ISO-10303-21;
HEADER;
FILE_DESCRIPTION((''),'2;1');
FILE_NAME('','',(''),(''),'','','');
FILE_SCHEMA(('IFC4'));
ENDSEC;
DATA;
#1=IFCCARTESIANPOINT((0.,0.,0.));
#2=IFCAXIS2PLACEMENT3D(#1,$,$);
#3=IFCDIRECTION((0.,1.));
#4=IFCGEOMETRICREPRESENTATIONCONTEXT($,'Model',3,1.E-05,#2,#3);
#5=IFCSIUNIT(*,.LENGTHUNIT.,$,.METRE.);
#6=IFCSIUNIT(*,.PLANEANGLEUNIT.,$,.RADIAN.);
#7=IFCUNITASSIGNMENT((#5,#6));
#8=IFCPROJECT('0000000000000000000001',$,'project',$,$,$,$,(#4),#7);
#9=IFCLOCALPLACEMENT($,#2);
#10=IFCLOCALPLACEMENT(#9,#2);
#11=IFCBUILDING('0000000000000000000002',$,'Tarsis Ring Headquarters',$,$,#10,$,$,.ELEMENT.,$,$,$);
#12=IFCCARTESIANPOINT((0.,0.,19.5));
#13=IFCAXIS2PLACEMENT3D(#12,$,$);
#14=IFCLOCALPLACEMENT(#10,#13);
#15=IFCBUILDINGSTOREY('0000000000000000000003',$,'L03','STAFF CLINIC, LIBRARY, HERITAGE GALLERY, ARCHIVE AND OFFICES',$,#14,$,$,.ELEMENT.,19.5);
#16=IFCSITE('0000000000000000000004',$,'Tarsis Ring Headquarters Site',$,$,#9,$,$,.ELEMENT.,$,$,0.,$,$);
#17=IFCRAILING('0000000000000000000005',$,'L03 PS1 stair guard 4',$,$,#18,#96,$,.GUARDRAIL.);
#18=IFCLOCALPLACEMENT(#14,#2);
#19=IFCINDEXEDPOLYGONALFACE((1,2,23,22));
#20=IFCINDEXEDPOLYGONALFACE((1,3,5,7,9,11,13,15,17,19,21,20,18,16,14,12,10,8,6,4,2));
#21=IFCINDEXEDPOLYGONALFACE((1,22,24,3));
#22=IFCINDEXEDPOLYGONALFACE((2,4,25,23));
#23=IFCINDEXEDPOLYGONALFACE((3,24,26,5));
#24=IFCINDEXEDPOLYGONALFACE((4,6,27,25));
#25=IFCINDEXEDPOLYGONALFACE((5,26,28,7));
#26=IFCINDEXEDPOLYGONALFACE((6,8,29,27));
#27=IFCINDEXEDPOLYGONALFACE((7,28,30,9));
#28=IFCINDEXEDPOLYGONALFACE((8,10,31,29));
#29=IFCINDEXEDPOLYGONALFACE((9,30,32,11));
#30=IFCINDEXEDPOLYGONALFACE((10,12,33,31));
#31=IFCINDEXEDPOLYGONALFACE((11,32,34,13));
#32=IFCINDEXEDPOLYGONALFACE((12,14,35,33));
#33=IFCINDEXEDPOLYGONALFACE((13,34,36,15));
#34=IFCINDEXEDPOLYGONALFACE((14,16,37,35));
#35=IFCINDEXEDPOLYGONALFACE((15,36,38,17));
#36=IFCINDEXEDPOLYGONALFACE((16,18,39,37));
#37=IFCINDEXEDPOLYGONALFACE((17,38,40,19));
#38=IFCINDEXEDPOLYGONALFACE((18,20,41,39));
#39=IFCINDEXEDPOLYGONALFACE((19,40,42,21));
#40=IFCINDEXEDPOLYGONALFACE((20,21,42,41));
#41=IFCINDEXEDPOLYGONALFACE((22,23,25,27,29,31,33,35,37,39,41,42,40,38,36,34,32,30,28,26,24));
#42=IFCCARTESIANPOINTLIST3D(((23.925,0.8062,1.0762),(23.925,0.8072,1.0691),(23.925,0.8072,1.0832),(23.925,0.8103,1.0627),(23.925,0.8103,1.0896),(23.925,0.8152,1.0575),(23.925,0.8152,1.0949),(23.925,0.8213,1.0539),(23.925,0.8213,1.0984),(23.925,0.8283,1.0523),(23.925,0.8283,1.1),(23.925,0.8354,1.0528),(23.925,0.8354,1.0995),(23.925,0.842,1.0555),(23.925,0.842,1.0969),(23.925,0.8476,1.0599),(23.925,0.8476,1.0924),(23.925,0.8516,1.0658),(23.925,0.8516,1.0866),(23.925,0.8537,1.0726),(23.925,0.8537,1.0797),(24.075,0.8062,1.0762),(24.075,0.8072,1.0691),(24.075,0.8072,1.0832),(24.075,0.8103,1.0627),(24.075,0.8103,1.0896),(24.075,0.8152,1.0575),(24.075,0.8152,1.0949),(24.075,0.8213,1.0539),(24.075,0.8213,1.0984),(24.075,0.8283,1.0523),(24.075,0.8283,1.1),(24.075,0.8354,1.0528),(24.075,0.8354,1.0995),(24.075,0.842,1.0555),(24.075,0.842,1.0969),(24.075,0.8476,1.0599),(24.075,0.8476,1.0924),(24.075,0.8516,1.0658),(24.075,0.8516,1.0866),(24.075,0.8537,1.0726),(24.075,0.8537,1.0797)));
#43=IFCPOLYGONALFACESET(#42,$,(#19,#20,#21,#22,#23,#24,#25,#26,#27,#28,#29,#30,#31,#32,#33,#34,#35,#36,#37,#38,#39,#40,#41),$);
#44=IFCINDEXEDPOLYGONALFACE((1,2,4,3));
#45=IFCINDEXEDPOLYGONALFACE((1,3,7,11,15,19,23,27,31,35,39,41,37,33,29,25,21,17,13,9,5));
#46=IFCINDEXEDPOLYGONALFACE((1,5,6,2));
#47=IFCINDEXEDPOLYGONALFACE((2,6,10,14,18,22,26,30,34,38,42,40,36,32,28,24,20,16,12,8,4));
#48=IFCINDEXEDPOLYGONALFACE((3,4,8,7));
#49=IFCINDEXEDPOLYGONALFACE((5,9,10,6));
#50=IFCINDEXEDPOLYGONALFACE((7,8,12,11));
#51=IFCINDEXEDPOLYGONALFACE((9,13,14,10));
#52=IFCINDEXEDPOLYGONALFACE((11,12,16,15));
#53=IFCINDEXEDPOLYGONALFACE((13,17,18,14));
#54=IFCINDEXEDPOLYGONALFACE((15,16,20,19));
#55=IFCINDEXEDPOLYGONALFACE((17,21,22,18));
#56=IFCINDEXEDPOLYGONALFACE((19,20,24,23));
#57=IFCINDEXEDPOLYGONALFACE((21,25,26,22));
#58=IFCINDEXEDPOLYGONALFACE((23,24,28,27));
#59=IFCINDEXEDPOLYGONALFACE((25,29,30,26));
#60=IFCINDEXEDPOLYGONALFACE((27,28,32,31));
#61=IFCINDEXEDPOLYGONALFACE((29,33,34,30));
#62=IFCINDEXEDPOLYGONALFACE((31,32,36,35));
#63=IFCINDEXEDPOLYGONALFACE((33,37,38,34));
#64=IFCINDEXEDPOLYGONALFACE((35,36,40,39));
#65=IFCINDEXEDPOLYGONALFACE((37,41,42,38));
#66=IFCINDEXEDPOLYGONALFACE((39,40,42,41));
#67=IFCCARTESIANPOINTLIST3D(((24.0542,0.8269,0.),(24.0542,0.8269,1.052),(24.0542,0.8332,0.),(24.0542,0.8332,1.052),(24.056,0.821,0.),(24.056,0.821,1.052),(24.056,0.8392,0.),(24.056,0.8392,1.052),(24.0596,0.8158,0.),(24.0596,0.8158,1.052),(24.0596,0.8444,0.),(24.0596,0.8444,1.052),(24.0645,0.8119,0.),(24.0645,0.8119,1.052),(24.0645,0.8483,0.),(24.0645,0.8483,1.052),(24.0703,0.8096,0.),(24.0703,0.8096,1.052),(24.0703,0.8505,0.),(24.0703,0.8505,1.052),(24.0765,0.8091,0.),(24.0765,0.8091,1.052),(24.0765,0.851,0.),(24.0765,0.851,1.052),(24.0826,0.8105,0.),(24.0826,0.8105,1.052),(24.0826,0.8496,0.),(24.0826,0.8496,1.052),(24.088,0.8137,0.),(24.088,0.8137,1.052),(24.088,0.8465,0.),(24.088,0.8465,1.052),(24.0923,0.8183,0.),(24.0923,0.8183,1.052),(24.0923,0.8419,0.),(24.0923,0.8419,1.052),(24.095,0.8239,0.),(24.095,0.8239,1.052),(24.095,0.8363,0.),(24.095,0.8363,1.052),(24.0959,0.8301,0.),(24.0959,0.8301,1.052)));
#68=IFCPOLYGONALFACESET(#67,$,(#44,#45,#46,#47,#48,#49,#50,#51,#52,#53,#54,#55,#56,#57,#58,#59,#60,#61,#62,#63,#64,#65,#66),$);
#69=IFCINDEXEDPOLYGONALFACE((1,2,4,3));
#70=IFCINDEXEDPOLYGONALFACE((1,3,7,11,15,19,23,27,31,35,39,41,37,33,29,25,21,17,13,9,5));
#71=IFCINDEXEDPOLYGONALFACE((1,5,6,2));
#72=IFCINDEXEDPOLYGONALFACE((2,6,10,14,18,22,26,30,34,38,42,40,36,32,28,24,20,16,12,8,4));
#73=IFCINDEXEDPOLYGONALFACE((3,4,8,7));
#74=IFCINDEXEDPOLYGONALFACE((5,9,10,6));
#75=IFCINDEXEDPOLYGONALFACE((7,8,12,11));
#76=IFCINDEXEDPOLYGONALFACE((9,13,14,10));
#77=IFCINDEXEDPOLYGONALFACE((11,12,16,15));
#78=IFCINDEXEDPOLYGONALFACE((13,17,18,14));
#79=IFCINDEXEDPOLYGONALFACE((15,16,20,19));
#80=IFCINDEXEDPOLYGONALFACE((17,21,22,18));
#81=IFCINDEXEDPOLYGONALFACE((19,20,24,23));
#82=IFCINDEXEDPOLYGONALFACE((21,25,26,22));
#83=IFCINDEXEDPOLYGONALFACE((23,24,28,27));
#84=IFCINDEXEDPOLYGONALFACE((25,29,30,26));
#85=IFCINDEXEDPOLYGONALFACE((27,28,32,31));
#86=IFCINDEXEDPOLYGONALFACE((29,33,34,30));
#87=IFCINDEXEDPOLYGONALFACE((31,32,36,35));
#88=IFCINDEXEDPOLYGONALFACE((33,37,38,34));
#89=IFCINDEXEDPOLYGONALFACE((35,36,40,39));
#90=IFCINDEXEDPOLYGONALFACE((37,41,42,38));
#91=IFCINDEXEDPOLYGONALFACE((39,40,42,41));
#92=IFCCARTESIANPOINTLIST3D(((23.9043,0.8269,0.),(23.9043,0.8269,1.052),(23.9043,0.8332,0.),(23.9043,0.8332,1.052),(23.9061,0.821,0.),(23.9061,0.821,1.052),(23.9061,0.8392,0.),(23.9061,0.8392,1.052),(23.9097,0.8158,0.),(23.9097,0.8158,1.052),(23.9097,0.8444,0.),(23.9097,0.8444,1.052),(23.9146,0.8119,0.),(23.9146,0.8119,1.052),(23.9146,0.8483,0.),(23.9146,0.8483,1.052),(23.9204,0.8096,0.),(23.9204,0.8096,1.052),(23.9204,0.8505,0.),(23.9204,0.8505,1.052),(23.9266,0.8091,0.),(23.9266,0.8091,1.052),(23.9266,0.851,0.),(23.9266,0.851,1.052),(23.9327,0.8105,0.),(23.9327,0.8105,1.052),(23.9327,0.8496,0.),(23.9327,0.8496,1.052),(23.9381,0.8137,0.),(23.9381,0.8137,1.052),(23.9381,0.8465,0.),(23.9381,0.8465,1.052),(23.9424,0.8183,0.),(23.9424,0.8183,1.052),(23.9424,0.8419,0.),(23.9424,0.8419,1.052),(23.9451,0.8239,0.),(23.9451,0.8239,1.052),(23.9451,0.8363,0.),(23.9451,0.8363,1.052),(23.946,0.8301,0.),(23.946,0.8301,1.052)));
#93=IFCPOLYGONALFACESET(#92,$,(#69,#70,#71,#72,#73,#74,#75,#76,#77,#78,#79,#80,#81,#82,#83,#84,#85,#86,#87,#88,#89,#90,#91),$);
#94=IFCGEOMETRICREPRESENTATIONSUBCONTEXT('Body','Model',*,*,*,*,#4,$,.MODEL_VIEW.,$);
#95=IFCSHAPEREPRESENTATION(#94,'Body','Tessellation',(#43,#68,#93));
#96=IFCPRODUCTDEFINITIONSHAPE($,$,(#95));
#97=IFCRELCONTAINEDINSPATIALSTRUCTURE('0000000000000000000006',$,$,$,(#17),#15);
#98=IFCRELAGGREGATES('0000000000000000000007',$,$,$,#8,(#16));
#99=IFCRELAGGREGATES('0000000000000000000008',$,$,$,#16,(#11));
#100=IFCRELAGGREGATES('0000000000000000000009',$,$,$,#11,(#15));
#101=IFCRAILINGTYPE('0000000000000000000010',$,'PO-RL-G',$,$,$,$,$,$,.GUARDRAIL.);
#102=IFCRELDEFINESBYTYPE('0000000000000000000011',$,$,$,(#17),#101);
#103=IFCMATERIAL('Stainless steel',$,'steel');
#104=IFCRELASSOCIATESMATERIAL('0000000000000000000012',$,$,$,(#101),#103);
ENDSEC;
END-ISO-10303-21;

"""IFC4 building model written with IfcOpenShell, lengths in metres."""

from ifc_helpers import new_model, si_unit, direction, frame, origin, origin_2d, place, context, subcontext, project, spatial, circle, extrude, material, type_object, element, save


model = new_model("IFC4")

# Units and contexts
model_context = context("Model", 3, precision=1e-05, world=origin(), true_north=direction((0.0, 1.0)))
body_context = subcontext(model_context, "Body", "Model", "MODEL_VIEW")
ifc_project = project(units=[si_unit("LENGTHUNIT", "METRE"), si_unit("PLANEANGLEUNIT", "RADIAN")], contexts=[model_context])

# Site, building, storey
site_placement = place(None, origin())
site = spatial("IfcSite", under=ifc_project, at=site_placement, Name="Tarsis Ring Headquarters Site", CompositionType="ELEMENT", RefElevation=0.0)
building_placement = place(site_placement, origin())
building = spatial("IfcBuilding", under=site, at=building_placement, Name="Tarsis Ring Headquarters", CompositionType="ELEMENT")
storey_placement = place(building_placement, frame((0.0, 0.0, 19.5)))
storey = spatial("IfcBuildingStorey", under=building, at=storey_placement, Name="L03", Description="STAFF CLINIC, LIBRARY, HERITAGE GALLERY, ARCHIVE AND OFFICES", CompositionType="ELEMENT", Elevation=19.5)

# Railing
ifc_material_1 = material(Name="Stainless steel", Category="steel")
railing_type_1 = type_object("IfcRailingType", Name="PO-RL-G", PredefinedType="GUARDRAIL", material=ifc_material_1)
railing_1_placement = place(storey_placement, frame((24.075, 0.8301, 0.0)))
element("IfcRailing", 1, at=railing_1_placement, inside=storey, type_object=railing_type_1, Name="L03 PS1 stair guard 4", PredefinedType="GUARDRAIL", context=body_context, shape_type="SweptSolid", body=[
    extrude(circle(Radius=0.0239, at=origin_2d()), frame((0.0, 0.0, 1.0762), z_axis=(-1.0, 0.0, 0.0), x_axis=(0.0, -1.0, 0.0)), (0.0, 0.0, 1.0), 0.1499),
    extrude(circle(Radius=0.021, at=origin_2d()), origin(), (0.0, 0.0, 1.0), 1.052),
    extrude(circle(Radius=0.021, at=origin_2d()), frame((-0.1499, 0.0, 0.0)), (0.0, 0.0, 1.0), 1.052),
])

save(model, "model.ifc")
